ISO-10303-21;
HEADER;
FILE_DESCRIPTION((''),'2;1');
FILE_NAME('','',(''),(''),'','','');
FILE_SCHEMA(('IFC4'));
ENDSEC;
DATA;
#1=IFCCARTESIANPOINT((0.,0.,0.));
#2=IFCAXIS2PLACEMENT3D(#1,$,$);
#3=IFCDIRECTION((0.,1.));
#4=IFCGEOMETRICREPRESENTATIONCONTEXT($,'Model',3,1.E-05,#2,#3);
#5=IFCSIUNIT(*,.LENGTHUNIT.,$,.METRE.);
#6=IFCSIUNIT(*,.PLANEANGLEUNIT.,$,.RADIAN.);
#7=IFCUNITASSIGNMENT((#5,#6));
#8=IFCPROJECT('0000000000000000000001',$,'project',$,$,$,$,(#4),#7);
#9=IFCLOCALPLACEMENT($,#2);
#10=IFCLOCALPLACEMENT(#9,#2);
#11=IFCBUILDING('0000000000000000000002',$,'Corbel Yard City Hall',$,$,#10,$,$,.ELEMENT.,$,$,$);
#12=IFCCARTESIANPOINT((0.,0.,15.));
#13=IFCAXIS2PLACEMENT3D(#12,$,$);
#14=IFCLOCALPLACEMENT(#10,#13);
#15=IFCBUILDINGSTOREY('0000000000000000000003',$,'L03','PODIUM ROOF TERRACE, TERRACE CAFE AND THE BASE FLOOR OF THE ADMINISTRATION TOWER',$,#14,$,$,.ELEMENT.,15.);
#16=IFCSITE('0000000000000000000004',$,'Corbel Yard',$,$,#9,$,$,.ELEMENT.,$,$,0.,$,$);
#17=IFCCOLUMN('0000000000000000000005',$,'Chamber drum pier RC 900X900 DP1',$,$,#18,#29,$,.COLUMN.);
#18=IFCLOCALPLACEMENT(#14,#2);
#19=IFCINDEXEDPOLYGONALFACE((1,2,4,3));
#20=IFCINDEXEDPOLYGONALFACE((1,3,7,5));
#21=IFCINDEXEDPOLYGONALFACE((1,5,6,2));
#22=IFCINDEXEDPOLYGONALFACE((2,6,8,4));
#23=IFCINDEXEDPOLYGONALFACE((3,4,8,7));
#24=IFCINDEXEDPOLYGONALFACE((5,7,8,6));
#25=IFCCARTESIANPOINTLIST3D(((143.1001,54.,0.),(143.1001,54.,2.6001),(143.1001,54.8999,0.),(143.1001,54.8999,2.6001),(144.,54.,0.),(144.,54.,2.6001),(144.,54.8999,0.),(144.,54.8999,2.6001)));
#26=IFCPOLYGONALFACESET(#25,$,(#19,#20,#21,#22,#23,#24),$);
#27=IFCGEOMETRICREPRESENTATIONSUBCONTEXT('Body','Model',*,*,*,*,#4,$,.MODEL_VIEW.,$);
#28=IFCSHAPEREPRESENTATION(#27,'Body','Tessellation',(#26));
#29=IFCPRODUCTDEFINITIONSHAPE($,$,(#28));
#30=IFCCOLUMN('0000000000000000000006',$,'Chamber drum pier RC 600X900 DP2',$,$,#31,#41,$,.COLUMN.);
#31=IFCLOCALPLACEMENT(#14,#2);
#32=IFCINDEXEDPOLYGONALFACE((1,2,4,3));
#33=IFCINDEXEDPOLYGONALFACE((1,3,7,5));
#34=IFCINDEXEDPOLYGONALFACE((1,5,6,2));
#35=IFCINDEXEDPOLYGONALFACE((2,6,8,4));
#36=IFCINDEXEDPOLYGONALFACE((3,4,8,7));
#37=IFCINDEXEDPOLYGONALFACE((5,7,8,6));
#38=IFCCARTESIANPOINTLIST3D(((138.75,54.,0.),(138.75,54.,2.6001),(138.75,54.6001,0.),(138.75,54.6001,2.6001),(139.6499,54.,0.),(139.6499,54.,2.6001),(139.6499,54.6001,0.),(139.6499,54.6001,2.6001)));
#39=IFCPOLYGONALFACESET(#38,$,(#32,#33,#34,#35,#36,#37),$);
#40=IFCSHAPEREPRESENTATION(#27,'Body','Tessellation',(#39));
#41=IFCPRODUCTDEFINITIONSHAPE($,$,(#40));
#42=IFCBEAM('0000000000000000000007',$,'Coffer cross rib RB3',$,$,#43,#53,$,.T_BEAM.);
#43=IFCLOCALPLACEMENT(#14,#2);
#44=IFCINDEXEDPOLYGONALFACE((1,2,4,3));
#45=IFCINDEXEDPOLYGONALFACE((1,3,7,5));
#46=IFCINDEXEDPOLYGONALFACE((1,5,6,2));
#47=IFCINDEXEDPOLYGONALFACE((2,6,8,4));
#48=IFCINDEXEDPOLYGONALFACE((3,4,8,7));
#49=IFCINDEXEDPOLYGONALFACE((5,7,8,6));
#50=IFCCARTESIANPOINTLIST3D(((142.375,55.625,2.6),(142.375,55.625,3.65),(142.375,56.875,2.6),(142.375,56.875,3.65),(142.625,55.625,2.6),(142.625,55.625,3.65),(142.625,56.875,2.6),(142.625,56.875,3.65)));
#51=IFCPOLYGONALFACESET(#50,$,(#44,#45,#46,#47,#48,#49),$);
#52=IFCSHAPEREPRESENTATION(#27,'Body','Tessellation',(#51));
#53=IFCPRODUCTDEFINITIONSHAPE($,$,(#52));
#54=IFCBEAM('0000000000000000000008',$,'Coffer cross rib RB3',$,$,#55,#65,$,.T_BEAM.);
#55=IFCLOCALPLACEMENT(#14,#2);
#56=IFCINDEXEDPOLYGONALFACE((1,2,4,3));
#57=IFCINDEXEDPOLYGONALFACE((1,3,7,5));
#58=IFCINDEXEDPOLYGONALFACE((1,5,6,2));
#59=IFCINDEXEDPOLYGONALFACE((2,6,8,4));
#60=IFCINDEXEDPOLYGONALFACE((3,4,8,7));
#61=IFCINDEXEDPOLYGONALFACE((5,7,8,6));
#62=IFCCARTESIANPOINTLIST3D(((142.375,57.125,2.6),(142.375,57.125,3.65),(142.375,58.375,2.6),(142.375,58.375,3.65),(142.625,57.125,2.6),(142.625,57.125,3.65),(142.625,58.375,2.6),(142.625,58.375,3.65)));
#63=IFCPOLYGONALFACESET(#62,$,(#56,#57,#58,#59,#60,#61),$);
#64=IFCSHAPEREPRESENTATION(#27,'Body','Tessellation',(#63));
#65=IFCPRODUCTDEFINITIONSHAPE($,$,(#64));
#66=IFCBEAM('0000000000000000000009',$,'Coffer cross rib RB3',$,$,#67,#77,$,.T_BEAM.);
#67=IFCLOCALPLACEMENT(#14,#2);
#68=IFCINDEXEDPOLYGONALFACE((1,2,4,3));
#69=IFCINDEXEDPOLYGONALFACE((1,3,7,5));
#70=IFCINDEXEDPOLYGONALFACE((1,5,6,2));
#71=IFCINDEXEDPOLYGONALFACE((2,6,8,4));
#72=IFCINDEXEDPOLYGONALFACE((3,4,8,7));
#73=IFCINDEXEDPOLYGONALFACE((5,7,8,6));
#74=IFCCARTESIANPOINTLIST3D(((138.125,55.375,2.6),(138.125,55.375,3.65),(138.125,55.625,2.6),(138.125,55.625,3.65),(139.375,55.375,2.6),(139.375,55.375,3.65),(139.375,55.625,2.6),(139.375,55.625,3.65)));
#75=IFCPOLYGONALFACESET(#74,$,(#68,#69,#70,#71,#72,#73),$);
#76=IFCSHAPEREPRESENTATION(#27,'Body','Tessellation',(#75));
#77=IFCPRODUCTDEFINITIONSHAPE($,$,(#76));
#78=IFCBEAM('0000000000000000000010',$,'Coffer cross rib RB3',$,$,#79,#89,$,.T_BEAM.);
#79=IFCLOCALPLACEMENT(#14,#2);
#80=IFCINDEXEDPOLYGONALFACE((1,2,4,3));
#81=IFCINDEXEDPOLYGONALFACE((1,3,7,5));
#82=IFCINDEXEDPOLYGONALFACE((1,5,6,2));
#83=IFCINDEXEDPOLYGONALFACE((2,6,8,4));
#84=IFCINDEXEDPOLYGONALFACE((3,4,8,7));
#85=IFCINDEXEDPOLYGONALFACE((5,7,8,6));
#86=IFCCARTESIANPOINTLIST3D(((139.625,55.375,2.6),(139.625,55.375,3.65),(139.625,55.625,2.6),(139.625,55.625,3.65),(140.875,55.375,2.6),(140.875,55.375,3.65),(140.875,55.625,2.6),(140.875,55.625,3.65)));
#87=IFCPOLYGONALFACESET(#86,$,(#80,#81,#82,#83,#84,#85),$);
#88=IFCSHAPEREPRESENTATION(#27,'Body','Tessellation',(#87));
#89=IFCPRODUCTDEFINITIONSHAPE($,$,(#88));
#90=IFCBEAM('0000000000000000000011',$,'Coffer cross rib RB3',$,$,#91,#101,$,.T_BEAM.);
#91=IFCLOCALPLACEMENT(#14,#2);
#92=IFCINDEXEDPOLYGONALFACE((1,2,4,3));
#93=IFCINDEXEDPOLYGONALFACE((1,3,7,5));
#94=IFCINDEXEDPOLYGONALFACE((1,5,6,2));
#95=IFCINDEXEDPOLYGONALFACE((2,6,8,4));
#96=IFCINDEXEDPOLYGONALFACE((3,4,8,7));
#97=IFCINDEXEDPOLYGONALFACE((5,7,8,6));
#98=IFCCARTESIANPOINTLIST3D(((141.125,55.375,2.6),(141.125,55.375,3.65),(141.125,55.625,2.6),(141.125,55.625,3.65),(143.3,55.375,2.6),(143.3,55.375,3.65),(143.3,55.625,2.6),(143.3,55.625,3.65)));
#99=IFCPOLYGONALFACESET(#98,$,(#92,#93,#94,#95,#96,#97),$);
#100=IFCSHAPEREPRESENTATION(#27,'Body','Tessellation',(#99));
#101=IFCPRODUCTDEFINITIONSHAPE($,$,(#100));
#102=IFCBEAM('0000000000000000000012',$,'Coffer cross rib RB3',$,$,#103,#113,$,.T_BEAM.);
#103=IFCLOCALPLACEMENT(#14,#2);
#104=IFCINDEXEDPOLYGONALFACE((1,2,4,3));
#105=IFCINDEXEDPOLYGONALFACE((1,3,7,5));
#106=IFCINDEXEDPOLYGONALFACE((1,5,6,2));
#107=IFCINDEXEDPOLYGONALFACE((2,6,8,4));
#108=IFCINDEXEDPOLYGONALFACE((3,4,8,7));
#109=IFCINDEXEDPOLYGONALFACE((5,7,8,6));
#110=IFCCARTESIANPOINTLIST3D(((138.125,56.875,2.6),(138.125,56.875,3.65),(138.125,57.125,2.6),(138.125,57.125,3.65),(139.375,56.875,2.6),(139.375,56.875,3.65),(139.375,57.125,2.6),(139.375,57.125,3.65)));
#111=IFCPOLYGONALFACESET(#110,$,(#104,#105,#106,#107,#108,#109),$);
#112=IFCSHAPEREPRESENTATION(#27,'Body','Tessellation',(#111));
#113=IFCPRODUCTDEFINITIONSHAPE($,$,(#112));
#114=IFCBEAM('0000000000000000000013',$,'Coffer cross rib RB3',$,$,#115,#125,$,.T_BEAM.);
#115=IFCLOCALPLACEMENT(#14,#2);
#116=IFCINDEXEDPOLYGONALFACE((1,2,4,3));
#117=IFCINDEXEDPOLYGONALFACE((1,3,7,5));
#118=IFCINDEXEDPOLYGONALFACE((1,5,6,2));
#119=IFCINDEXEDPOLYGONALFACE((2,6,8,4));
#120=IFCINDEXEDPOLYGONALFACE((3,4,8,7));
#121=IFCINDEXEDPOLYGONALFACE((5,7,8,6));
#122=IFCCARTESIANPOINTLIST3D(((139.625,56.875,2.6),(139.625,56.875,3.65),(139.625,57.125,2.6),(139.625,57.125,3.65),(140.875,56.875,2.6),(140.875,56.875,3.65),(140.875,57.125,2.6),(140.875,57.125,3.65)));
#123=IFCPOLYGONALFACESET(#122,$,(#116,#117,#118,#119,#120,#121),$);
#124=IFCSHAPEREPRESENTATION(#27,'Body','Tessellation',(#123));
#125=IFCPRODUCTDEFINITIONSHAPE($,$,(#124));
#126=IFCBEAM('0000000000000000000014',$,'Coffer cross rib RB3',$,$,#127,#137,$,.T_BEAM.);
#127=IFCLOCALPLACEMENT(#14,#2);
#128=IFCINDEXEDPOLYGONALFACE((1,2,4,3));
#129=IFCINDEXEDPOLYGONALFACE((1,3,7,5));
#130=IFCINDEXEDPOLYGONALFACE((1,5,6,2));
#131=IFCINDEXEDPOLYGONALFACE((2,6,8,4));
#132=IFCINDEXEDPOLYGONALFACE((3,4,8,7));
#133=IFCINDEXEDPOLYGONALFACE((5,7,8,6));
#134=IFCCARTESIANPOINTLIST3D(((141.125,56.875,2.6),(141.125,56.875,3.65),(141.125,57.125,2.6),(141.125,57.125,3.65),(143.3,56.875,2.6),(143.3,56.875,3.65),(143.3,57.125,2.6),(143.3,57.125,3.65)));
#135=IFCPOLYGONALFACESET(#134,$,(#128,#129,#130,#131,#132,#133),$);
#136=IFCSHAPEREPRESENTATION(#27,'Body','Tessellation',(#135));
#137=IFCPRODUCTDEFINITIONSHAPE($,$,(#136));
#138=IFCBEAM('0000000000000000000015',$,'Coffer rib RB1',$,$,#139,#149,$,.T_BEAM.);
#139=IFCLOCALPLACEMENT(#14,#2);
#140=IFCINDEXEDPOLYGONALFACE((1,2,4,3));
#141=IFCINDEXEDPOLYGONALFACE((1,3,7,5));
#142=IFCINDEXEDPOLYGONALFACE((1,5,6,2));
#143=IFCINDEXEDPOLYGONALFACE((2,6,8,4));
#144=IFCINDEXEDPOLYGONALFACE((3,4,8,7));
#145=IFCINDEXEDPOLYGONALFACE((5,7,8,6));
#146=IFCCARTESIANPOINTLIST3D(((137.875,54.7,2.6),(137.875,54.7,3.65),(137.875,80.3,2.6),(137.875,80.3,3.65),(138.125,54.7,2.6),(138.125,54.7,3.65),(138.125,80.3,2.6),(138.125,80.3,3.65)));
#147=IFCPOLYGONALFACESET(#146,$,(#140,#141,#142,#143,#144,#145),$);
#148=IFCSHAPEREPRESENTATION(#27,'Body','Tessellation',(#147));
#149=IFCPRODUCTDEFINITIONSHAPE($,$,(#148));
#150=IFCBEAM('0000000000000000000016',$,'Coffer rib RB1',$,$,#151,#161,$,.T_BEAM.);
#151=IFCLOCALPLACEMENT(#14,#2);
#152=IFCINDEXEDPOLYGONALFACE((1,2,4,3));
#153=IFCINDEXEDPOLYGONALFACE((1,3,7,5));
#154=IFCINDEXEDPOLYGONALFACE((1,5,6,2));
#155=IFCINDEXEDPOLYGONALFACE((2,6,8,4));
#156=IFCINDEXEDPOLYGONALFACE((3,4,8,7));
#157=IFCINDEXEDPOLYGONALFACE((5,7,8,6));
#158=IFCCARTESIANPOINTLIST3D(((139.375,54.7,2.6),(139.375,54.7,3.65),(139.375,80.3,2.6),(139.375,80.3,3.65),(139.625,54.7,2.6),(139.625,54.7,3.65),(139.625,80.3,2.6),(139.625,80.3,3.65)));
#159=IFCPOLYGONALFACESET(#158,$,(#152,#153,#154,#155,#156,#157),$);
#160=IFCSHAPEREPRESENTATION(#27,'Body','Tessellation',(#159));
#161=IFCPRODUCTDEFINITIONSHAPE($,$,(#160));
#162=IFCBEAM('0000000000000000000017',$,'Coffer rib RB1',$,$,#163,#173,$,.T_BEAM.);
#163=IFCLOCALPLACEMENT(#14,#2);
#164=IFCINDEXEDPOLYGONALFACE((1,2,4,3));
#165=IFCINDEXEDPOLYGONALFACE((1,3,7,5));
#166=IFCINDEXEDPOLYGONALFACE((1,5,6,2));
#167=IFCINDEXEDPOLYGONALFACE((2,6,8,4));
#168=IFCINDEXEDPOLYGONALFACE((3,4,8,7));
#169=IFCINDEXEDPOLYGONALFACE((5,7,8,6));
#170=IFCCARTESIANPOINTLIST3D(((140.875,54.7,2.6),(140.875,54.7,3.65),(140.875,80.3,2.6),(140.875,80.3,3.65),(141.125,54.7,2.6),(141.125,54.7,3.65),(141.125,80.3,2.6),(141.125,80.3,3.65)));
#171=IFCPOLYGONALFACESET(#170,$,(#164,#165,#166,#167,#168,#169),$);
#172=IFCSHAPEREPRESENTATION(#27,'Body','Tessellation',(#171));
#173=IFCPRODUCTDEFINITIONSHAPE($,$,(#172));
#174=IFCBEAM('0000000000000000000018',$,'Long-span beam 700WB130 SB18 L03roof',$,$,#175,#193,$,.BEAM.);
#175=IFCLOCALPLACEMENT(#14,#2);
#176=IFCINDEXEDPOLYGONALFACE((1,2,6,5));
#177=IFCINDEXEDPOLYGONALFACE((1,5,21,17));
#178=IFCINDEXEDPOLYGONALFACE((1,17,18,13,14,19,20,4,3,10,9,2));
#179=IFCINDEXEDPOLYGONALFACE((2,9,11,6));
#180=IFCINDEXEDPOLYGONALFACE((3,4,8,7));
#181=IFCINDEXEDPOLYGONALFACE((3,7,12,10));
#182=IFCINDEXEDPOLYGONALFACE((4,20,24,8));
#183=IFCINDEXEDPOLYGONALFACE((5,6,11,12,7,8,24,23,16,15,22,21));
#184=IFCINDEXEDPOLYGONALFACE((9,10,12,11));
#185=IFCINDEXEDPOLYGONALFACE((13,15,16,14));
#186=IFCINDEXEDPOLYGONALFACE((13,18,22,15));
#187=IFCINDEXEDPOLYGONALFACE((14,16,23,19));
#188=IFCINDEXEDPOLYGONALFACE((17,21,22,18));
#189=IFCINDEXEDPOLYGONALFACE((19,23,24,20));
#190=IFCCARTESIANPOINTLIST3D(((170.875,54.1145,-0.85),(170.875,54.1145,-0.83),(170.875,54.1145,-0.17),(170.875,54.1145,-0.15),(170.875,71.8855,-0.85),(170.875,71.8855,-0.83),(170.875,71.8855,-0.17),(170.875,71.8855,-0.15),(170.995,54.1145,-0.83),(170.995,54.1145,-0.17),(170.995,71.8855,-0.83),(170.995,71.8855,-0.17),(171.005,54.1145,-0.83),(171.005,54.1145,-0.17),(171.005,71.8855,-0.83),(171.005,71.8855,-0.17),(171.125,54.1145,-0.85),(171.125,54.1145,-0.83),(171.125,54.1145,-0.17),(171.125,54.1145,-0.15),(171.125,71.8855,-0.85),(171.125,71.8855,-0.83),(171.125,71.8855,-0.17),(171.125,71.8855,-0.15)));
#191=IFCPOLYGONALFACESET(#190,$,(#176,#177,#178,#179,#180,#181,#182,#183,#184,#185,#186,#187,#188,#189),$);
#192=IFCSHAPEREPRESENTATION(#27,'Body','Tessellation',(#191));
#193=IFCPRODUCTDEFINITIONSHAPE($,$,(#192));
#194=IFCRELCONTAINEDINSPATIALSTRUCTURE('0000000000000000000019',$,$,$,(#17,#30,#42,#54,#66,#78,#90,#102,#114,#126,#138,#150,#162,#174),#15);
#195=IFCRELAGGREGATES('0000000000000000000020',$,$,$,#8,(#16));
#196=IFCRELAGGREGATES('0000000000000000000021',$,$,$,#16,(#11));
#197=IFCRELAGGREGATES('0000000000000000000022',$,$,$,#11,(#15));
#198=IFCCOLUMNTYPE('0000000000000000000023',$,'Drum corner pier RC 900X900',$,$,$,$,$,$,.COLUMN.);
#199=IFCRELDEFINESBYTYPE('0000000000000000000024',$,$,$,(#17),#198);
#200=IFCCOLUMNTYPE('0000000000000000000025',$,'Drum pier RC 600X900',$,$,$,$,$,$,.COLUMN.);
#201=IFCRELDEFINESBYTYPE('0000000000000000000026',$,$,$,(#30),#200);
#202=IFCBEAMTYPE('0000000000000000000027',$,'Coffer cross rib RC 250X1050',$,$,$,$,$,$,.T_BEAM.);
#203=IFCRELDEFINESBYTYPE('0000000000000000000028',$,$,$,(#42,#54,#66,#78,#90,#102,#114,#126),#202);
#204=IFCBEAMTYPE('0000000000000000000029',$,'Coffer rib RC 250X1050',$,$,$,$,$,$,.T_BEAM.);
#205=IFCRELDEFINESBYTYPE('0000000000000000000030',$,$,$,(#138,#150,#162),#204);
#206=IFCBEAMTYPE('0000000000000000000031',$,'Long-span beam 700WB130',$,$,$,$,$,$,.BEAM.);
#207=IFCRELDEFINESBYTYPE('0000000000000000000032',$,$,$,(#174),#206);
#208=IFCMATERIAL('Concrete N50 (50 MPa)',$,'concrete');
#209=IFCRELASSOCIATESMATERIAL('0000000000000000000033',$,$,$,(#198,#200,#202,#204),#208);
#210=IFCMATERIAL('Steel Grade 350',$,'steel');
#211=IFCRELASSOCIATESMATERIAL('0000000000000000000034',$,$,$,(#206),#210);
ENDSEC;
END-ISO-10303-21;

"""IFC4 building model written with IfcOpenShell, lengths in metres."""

from ifc_helpers import new_model, si_unit, direction, frame, origin, origin_2d, place, context, subcontext, project, spatial, rectangle, i_section, extrude, material, material_profile, profile_set, type_object, element, save


model = new_model("IFC4")

# Units and contexts
model_context = context("Model", 3, precision=1e-05, world=origin(), true_north=direction((0.0, 1.0)))
body_context = subcontext(model_context, "Body", "Model", "MODEL_VIEW")
ifc_project = project(units=[si_unit("LENGTHUNIT", "METRE"), si_unit("PLANEANGLEUNIT", "RADIAN")], contexts=[model_context])

# Site, building, storey
site_placement = place(None, origin())
site = spatial("IfcSite", under=ifc_project, at=site_placement, Name="Corbel Yard", CompositionType="ELEMENT", RefElevation=0.0)
building_placement = place(site_placement, origin())
building = spatial("IfcBuilding", under=site, at=building_placement, Name="Corbel Yard City Hall", CompositionType="ELEMENT")
storey_placement = place(building_placement, frame((0.0, 0.0, 15.0)))
storey = spatial("IfcBuildingStorey", under=building, at=storey_placement, Name="L03", Description="PODIUM ROOF TERRACE, TERRACE CAFE AND THE BASE FLOOR OF THE ADMINISTRATION TOWER", CompositionType="ELEMENT", Elevation=15.0)

# Columns
ifc_material_1 = material(Name="Concrete N50 (50 MPa)", Category="concrete")
ifc_material_profile_1 = material_profile(ifc_material_1, rectangle(XDim=0.8999, YDim=0.8999, at=origin_2d()), Name="900x900")
ifc_profile_set_1 = profile_set([ifc_material_profile_1], Name="Concrete N50 (50 MPa)")
column_type_1 = type_object("IfcColumnType", Name="Drum corner pier RC 900X900", PredefinedType="COLUMN", material=ifc_profile_set_1)
column_1_placement = place(storey_placement, frame((143.55, 54.45, 0.0), z_axis=(0.0, 0.0, 1.0), x_axis=(1.0, 0.0, 0.0)))
element("IfcColumn", 1, at=column_1_placement, inside=storey, type_object=column_type_1, Name="Chamber drum pier RC 900X900 DP1", PredefinedType="COLUMN", context=body_context, shape_type="SweptSolid", body=[
    extrude(rectangle(XDim=0.8999, YDim=0.8999, at=origin_2d()), origin(), (0.0, 0.0, 1.0), 2.6001),
])
ifc_material_profile_2 = material_profile(ifc_material_1, rectangle(XDim=0.6001, YDim=0.8999, at=origin_2d()), Name="600x900")
ifc_profile_set_2 = profile_set([ifc_material_profile_2], Name="Concrete N50 (50 MPa)")
column_type_2 = type_object("IfcColumnType", Name="Drum pier RC 600X900", PredefinedType="COLUMN", material=ifc_profile_set_2)
column_2_placement = place(storey_placement, frame((139.2, 54.3, 0.0), z_axis=(0.0, 0.0, 1.0), x_axis=(0.0, 1.0, 0.0)))
element("IfcColumn", 2, at=column_2_placement, inside=storey, type_object=column_type_2, Name="Chamber drum pier RC 600X900 DP2", PredefinedType="COLUMN", context=body_context, shape_type="SweptSolid", body=[
    extrude(rectangle(XDim=0.6001, YDim=0.8999, at=origin_2d()), origin(), (0.0, 0.0, 1.0), 2.6001),
])

# Beams
ifc_material_profile_3 = material_profile(ifc_material_1, rectangle(XDim=0.25, YDim=1.05, at=origin_2d()), Name="250x1050")
ifc_profile_set_3 = profile_set([ifc_material_profile_3], Name="Concrete N50 (50 MPa)")
beam_type_1 = type_object("IfcBeamType", Name="Coffer cross rib RC 250X1050", PredefinedType="T_BEAM", material=ifc_profile_set_3)
for number, where, z_axis, x_axis, name in (
    (3, (142.5, 55.625, 3.125), (0.0, 1.0, 0.0), (-1.0, 0.0, 0.0), "Coffer cross rib RB3"),
    (4, (142.5, 57.125, 3.125), (0.0, 1.0, 0.0), (-1.0, 0.0, 0.0), "Coffer cross rib RB3"),
    (5, (138.125, 55.5, 3.125), (1.0, 0.0, 0.0), (0.0, 1.0, 0.0), "Coffer cross rib RB3"),
    (6, (139.625, 55.5, 3.125), (1.0, 0.0, 0.0), (0.0, 1.0, 0.0), "Coffer cross rib RB3"),
):
    element("IfcBeam", number, at=place(storey_placement, frame(where, z_axis=z_axis, x_axis=x_axis)), inside=storey, type_object=beam_type_1, Name=name, PredefinedType="T_BEAM", context=body_context, shape_type="SweptSolid", body=[
        extrude(rectangle(XDim=0.25, YDim=1.05, at=origin_2d()), origin(), (0.0, 0.0, 1.0), 1.25),
    ])
beam_1_placement = place(storey_placement, frame((141.125, 55.5, 3.125), z_axis=(1.0, 0.0, 0.0), x_axis=(0.0, 1.0, 0.0)))
element("IfcBeam", 7, at=beam_1_placement, inside=storey, type_object=beam_type_1, Name="Coffer cross rib RB3", PredefinedType="T_BEAM", context=body_context, shape_type="SweptSolid", body=[
    extrude(rectangle(XDim=0.25, YDim=1.05, at=origin_2d()), origin(), (0.0, 0.0, 1.0), 2.175),
])
for number, where, z_axis, x_axis, name in (
    (8, (138.125, 57.0, 3.125), (1.0, 0.0, 0.0), (0.0, 1.0, 0.0), "Coffer cross rib RB3"),
    (9, (139.625, 57.0, 3.125), (1.0, 0.0, 0.0), (0.0, 1.0, 0.0), "Coffer cross rib RB3"),
):
    element("IfcBeam", number, at=place(storey_placement, frame(where, z_axis=z_axis, x_axis=x_axis)), inside=storey, type_object=beam_type_1, Name=name, PredefinedType="T_BEAM", context=body_context, shape_type="SweptSolid", body=[
        extrude(rectangle(XDim=0.25, YDim=1.05, at=origin_2d()), origin(), (0.0, 0.0, 1.0), 1.25),
    ])
beam_2_placement = place(storey_placement, frame((141.125, 57.0, 3.125), z_axis=(1.0, 0.0, 0.0), x_axis=(0.0, 1.0, 0.0)))
element("IfcBeam", 10, at=beam_2_placement, inside=storey, type_object=beam_type_1, Name="Coffer cross rib RB3", PredefinedType="T_BEAM", context=body_context, shape_type="SweptSolid", body=[
    extrude(rectangle(XDim=0.25, YDim=1.05, at=origin_2d()), origin(), (0.0, 0.0, 1.0), 2.175),
])
ifc_material_profile_4 = material_profile(ifc_material_1, rectangle(XDim=0.25, YDim=1.05, at=origin_2d()), Name="250x1050")
ifc_profile_set_4 = profile_set([ifc_material_profile_4], Name="Concrete N50 (50 MPa)")
beam_type_2 = type_object("IfcBeamType", Name="Coffer rib RC 250X1050", PredefinedType="T_BEAM", material=ifc_profile_set_4)
for number, where, z_axis, x_axis, name in (
    (11, (138.0, 54.7, 3.125), (0.0, 1.0, 0.0), (-1.0, 0.0, 0.0), "Coffer rib RB1"),
    (12, (139.5, 54.7, 3.125), (0.0, 1.0, 0.0), (-1.0, 0.0, 0.0), "Coffer rib RB1"),
    (13, (141.0, 54.7, 3.125), (0.0, 1.0, 0.0), (-1.0, 0.0, 0.0), "Coffer rib RB1"),
):
    element("IfcBeam", number, at=place(storey_placement, frame(where, z_axis=z_axis, x_axis=x_axis)), inside=storey, type_object=beam_type_2, Name=name, PredefinedType="T_BEAM", context=body_context, shape_type="SweptSolid", body=[
        extrude(rectangle(XDim=0.25, YDim=1.05, at=origin_2d()), origin(), (0.0, 0.0, 1.0), 25.6001),
    ])
ifc_material_2 = material(Name="Steel Grade 350", Category="steel")
ifc_material_profile_5 = material_profile(ifc_material_2, i_section(OverallWidth=0.25, OverallDepth=0.7, WebThickness=0.01, FlangeThickness=0.02, at=origin_2d()), Name="700WB130")
ifc_profile_set_5 = profile_set([ifc_material_profile_5], Name="Steel Grade 350")
beam_type_3 = type_object("IfcBeamType", Name="Long-span beam 700WB130", PredefinedType="BEAM", material=ifc_profile_set_5)
beam_3_placement = place(storey_placement, frame((171.0, 54.1145, -0.5), z_axis=(0.0, 1.0, 0.0), x_axis=(-1.0, 0.0, 0.0)))
element("IfcBeam", 14, at=beam_3_placement, inside=storey, type_object=beam_type_3, Name="Long-span beam 700WB130 SB18 L03roof", PredefinedType="BEAM", context=body_context, shape_type="SweptSolid", body=[
    extrude(i_section(OverallWidth=0.25, OverallDepth=0.7, WebThickness=0.01, FlangeThickness=0.02, at=origin_2d()), origin(), (0.0, 0.0, 1.0), 17.771),
])

save(model, "model.ifc")
